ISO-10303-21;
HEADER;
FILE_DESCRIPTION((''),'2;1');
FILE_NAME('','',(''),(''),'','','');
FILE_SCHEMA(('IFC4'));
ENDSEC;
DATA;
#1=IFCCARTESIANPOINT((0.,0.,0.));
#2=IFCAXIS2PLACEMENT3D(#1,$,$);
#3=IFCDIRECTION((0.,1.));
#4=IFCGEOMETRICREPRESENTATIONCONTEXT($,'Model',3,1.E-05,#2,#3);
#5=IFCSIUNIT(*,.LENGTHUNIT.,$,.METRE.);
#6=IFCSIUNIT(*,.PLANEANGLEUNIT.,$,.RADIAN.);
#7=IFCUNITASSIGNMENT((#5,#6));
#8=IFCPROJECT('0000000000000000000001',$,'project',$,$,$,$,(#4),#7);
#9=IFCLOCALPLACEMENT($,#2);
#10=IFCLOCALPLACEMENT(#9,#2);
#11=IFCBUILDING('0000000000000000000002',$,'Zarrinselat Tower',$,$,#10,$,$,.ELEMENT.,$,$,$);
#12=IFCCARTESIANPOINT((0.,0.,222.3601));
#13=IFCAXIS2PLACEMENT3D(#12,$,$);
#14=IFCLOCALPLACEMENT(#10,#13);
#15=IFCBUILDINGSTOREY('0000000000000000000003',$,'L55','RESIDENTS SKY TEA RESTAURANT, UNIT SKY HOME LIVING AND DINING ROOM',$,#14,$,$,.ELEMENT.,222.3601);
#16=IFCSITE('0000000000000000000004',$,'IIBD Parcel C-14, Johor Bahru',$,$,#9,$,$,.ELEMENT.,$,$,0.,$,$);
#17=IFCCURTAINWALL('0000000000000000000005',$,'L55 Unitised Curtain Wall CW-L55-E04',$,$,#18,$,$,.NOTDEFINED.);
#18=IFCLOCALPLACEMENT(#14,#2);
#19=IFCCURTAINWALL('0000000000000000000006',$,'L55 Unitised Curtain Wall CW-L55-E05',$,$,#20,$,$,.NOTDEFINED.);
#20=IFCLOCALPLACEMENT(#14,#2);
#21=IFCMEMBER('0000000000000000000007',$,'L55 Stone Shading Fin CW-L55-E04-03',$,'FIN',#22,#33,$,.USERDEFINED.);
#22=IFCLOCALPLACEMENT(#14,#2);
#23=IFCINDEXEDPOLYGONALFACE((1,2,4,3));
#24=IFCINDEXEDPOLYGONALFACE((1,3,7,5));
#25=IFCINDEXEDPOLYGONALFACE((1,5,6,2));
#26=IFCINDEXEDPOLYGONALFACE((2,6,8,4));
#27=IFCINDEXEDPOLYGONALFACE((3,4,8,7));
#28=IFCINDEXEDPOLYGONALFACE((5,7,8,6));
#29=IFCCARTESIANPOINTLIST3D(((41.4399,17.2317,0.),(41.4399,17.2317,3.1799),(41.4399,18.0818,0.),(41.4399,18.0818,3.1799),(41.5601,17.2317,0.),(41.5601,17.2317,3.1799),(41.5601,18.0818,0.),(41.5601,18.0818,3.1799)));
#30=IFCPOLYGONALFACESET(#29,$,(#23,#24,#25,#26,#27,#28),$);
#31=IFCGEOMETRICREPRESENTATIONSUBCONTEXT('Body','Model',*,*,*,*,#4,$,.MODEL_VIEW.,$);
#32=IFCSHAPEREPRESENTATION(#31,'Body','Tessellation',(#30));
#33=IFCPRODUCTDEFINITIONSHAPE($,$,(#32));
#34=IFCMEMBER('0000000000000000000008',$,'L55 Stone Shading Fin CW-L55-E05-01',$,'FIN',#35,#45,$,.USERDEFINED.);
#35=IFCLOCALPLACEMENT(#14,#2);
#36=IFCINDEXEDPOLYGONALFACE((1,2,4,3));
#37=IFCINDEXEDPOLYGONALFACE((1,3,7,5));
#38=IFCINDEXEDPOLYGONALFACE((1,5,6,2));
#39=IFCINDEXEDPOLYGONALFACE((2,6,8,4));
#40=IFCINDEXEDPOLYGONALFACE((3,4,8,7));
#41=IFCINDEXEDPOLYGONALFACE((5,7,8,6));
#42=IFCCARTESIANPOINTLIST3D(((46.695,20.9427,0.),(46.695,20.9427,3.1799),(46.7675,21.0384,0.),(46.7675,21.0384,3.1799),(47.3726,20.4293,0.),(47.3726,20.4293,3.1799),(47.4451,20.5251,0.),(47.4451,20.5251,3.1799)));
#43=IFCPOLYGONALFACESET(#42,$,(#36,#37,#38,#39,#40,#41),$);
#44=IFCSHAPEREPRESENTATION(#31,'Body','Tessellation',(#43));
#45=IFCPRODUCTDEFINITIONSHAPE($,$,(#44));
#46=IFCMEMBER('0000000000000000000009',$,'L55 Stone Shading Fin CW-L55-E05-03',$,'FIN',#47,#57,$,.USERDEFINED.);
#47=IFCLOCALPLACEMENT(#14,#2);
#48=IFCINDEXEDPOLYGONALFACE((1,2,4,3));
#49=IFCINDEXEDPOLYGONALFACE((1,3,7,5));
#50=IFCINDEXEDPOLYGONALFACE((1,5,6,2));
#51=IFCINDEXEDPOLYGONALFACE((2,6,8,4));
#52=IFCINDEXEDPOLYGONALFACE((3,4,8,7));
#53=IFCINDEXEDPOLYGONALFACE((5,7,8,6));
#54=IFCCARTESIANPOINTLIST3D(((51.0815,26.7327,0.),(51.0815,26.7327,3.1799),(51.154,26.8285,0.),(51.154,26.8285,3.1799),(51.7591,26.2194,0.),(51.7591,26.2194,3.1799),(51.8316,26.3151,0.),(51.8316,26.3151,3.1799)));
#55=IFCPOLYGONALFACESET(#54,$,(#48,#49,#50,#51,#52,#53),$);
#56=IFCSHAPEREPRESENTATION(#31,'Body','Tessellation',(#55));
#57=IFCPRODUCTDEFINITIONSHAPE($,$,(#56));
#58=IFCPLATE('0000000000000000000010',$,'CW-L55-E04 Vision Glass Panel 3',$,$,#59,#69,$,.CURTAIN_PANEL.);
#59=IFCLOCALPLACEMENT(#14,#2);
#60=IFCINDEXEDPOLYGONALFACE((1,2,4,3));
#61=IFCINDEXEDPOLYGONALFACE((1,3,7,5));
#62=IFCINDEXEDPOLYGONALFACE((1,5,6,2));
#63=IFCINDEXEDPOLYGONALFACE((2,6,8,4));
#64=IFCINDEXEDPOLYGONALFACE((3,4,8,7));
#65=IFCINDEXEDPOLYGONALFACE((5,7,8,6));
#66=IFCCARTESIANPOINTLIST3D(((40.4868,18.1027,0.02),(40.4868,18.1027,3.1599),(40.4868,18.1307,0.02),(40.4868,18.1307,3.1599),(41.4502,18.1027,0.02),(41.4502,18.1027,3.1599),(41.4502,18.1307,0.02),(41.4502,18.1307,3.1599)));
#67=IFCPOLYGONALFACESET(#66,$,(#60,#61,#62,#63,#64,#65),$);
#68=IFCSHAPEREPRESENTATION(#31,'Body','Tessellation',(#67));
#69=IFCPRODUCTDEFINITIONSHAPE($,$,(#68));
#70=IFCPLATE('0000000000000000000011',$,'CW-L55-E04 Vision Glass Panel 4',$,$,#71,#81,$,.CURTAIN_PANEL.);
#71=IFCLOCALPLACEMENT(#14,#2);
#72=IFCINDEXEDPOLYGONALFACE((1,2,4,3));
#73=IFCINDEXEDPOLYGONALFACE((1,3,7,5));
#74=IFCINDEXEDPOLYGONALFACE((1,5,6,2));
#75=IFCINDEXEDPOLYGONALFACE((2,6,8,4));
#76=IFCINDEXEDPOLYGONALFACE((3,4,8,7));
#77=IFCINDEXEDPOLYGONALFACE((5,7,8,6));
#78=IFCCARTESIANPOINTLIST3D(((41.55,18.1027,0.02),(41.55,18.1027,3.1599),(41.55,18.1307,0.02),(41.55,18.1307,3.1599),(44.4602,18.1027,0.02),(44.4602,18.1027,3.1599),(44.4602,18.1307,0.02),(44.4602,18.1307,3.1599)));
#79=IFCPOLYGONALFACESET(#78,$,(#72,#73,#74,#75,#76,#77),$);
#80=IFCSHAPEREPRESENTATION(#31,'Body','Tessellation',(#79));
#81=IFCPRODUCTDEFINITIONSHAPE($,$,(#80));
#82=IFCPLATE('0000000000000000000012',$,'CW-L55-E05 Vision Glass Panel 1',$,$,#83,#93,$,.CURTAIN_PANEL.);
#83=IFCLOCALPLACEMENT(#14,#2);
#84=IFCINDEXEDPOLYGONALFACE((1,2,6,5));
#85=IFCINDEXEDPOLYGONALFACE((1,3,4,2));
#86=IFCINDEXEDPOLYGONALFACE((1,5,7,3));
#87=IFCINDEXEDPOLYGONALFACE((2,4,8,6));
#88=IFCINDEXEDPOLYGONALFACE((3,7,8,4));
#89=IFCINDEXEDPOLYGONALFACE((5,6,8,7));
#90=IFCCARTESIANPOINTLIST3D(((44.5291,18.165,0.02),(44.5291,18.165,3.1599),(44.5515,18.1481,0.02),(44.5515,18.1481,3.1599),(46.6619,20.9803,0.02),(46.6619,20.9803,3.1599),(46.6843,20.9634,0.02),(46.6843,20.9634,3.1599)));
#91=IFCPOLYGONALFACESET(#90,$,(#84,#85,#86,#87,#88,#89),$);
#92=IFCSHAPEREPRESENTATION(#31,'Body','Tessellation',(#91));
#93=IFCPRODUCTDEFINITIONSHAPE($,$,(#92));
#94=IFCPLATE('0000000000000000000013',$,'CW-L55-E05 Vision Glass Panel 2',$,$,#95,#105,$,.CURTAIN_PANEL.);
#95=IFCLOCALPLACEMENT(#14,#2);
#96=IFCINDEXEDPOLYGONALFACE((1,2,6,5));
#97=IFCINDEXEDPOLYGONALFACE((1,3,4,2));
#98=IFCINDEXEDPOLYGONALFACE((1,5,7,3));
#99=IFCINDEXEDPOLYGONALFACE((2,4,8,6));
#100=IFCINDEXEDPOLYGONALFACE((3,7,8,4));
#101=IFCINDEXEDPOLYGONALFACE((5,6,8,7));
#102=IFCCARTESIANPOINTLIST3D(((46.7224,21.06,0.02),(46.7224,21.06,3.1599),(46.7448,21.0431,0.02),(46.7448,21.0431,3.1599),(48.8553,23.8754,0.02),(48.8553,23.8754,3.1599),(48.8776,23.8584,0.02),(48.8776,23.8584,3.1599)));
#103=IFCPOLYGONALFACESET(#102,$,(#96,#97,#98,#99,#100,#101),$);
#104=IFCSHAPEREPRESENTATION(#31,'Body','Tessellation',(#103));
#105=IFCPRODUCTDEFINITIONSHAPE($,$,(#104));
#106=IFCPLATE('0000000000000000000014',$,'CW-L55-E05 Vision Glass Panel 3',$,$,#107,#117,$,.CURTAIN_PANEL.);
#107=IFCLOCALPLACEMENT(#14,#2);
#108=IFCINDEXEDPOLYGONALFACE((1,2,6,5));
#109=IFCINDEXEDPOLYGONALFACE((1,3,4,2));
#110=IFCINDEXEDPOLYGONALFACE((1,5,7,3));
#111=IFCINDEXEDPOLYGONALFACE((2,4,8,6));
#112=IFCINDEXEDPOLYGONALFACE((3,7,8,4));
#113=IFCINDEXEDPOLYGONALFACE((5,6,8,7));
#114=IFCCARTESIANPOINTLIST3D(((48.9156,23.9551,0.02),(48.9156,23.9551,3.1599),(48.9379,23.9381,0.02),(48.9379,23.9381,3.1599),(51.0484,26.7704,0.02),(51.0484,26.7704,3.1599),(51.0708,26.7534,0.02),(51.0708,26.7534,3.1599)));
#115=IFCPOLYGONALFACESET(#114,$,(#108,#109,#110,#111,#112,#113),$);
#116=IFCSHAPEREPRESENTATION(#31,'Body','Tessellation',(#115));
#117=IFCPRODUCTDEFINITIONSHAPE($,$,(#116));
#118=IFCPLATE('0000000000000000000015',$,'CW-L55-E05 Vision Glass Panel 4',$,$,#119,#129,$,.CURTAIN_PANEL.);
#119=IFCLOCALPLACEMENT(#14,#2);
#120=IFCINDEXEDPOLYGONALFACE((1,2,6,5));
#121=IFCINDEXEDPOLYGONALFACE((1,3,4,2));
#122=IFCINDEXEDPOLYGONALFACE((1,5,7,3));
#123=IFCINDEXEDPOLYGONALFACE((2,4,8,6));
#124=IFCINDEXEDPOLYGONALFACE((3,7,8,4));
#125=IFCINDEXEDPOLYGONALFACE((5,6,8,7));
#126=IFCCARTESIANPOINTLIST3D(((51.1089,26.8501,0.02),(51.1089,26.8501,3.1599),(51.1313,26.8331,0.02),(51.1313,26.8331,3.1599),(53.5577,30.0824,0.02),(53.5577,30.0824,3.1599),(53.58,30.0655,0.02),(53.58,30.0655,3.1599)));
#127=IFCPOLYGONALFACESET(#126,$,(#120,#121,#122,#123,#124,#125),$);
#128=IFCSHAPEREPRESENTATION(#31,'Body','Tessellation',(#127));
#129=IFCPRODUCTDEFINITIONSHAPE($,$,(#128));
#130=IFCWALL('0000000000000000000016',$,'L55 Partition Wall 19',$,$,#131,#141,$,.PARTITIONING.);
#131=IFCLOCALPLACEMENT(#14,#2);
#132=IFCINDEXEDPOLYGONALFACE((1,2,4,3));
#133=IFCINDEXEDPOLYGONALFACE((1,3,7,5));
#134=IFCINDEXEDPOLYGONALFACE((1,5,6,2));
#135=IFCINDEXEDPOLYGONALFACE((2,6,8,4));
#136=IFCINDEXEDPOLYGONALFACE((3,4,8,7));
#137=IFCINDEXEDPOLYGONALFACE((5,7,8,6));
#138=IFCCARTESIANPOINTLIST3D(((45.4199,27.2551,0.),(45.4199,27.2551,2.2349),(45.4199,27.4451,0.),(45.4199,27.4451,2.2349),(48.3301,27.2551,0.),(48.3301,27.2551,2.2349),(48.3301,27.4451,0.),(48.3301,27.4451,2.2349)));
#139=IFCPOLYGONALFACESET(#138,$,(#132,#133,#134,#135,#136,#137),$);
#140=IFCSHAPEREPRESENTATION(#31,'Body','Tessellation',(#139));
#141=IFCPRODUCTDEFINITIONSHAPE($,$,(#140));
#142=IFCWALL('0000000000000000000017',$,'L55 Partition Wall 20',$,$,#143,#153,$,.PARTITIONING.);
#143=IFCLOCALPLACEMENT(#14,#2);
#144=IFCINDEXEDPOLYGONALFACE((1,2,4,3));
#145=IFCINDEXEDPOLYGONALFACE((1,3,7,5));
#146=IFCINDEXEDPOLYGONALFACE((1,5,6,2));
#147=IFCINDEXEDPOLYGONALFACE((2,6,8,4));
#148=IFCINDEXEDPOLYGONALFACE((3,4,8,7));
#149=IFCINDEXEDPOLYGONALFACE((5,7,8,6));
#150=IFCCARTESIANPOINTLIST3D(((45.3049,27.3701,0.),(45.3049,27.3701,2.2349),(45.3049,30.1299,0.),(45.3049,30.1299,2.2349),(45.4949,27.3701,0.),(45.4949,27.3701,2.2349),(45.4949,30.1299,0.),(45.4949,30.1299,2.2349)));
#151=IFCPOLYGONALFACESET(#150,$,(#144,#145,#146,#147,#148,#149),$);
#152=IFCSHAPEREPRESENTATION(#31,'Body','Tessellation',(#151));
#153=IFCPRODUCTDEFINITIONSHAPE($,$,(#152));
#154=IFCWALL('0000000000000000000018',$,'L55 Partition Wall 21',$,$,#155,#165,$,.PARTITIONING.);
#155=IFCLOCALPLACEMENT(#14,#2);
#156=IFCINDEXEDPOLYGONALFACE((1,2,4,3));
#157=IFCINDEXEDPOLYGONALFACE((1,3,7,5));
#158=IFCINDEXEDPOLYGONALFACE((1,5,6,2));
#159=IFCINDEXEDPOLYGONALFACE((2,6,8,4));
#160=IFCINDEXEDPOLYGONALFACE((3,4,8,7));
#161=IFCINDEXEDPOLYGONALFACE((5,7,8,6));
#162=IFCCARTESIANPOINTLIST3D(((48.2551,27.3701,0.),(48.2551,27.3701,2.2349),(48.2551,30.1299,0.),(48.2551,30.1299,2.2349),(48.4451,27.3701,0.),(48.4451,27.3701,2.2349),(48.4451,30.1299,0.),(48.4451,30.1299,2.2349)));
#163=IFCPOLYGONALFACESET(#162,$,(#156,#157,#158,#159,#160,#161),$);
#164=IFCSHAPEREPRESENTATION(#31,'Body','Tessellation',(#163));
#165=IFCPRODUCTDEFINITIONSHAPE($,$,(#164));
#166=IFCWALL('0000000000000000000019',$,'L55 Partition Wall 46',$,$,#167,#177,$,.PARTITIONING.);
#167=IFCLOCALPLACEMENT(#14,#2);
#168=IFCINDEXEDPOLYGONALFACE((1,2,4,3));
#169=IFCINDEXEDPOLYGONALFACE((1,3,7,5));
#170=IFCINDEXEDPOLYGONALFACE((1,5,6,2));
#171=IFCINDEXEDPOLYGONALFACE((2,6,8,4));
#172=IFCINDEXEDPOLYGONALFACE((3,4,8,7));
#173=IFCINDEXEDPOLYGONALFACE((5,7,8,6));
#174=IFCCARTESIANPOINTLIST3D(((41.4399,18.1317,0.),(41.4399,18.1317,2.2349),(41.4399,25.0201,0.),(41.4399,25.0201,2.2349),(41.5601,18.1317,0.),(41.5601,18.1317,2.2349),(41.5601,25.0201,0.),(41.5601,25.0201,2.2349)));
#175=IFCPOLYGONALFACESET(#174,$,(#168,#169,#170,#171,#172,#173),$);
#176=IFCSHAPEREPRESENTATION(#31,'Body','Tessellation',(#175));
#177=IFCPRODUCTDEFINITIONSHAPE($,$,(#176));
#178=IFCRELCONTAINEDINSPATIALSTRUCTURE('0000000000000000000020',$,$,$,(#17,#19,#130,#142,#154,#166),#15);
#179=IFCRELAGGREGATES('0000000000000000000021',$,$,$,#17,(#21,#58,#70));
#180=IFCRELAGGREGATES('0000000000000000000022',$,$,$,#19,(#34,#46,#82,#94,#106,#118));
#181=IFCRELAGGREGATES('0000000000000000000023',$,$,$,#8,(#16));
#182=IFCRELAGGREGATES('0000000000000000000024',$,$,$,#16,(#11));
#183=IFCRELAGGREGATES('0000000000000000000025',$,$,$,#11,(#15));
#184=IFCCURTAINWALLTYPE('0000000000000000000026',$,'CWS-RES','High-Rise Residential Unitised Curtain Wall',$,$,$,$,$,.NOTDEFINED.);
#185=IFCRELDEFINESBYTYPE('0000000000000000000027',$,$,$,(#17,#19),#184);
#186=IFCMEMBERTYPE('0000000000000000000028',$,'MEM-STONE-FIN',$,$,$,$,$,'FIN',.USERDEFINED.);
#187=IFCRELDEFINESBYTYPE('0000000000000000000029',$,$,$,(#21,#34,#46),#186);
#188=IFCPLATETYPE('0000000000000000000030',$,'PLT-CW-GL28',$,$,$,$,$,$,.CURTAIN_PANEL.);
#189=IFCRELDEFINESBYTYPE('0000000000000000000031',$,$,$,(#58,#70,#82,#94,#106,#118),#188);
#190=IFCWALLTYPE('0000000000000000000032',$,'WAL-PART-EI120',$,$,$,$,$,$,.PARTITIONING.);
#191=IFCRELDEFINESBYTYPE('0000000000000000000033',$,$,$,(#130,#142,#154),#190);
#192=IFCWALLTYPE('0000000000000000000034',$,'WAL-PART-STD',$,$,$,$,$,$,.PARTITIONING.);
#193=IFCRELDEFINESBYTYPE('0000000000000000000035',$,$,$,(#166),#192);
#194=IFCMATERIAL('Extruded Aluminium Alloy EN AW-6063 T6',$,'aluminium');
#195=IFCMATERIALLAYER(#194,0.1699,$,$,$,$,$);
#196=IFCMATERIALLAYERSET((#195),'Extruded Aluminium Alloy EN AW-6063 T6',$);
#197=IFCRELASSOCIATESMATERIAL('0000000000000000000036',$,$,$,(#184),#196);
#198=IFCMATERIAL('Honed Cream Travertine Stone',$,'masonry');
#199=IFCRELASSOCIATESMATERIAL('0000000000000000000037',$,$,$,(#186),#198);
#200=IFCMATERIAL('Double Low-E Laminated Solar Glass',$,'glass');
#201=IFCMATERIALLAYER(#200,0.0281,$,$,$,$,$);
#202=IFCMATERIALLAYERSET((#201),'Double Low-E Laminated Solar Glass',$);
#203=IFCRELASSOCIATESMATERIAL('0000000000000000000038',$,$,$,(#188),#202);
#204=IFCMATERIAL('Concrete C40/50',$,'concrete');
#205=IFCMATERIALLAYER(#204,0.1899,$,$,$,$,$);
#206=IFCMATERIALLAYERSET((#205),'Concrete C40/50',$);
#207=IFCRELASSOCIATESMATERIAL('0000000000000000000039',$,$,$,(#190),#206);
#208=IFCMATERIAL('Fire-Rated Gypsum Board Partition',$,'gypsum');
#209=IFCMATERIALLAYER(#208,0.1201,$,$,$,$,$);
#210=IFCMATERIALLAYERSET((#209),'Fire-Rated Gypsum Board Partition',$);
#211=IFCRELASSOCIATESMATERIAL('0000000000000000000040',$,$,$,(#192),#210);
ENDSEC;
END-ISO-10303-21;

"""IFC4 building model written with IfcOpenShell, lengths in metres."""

from ifc_helpers import new_model, si_unit, direction, frame, frame_2d, origin, origin_2d, place, context, subcontext, project, spatial, rectangle, extrude, material, layer, layer_set, material_profile, profile_set, type_object, element, aggregate, save


model = new_model("IFC4")

# Units and contexts
model_context = context("Model", 3, precision=1e-05, world=origin(), true_north=direction((0.0, 1.0)))
body_context = subcontext(model_context, "Body", "Model", "MODEL_VIEW")
ifc_project = project(units=[si_unit("LENGTHUNIT", "METRE"), si_unit("PLANEANGLEUNIT", "RADIAN")], contexts=[model_context])

# Site, building, storey
site_placement = place(None, origin())
site = spatial("IfcSite", under=ifc_project, at=site_placement, Name="IIBD Parcel C-14, Johor Bahru", CompositionType="ELEMENT", RefElevation=0.0)
building_placement = place(site_placement, origin())
building = spatial("IfcBuilding", under=site, at=building_placement, Name="Zarrinselat Tower", CompositionType="ELEMENT")
storey_placement = place(building_placement, frame((0.0, 0.0, 222.3601)))
storey = spatial("IfcBuildingStorey", under=building, at=storey_placement, Name="L55", Description="RESIDENTS SKY TEA RESTAURANT, UNIT SKY HOME LIVING AND DINING ROOM", CompositionType="ELEMENT", Elevation=222.3601)

# Curtain walls
ifc_material_1 = material(Name="Extruded Aluminium Alloy EN AW-6063 T6", Category="aluminium")
ifc_layer_1 = layer(ifc_material_1, 0.1699)
ifc_layer_set_1 = layer_set([ifc_layer_1], Name="Extruded Aluminium Alloy EN AW-6063 T6")
curtain_wall_type = type_object("IfcCurtainWallType", Name="CWS-RES", Description="High-Rise Residential Unitised Curtain Wall", PredefinedType="NOTDEFINED", material=ifc_layer_set_1)
curtain_wall_1_placement = place(storey_placement, origin())
curtain_wall_1 = element("IfcCurtainWall", 1, at=curtain_wall_1_placement, inside=storey, type_object=curtain_wall_type, Name="L55 Unitised Curtain Wall CW-L55-E04", PredefinedType="NOTDEFINED")
curtain_wall_2_placement = place(storey_placement, origin())
curtain_wall_2 = element("IfcCurtainWall", 2, at=curtain_wall_2_placement, inside=storey, type_object=curtain_wall_type, Name="L55 Unitised Curtain Wall CW-L55-E05", PredefinedType="NOTDEFINED")

# Members
ifc_material_2 = material(Name="Honed Cream Travertine Stone", Category="masonry")
ifc_material_profile_1 = material_profile(ifc_material_2, rectangle(XDim=0.1201, YDim=0.8501, at=origin_2d()), Name="FIN 850x120")
ifc_profile_set_1 = profile_set([ifc_material_profile_1], Name="Honed Cream Travertine Stone")
member_type_1 = type_object("IfcMemberType", Name="MEM-STONE-FIN", ElementType="FIN", PredefinedType="USERDEFINED", material=ifc_profile_set_1)
member_1_placement = place(storey_placement, frame((41.5, 17.6567, 0.0), z_axis=(0.0, 0.0, 1.0), x_axis=(-1.0, 0.0, 0.0)))
member_1 = element("IfcMember", 3, at=member_1_placement, type_object=member_type_1, Name="L55 Stone Shading Fin CW-L55-E04-03", ObjectType="FIN", PredefinedType="USERDEFINED", context=body_context, shape_type="SweptSolid", body=[
    extrude(rectangle(XDim=0.1201, YDim=0.8501, at=origin_2d()), origin(), (0.0, 0.0, 1.0), 3.1799),
])
member_2_placement = place(storey_placement, frame((47.0701, 20.7339, 0.0), z_axis=(0.0, 0.0, 1.0), x_axis=(-0.603859, -0.797091, 0.0)))
member_2 = element("IfcMember", 4, at=member_2_placement, type_object=member_type_1, Name="L55 Stone Shading Fin CW-L55-E05-01", ObjectType="FIN", PredefinedType="USERDEFINED", context=body_context, shape_type="SweptSolid", body=[
    extrude(rectangle(XDim=0.1201, YDim=0.8501, at=origin_2d()), origin(), (0.0, 0.0, 1.0), 3.1799),
])
member_3_placement = place(storey_placement, frame((51.4565, 26.5239, 0.0), z_axis=(0.0, 0.0, 1.0), x_axis=(-0.603859, -0.797091, 0.0)))
member_3 = element("IfcMember", 5, at=member_3_placement, type_object=member_type_1, Name="L55 Stone Shading Fin CW-L55-E05-03", ObjectType="FIN", PredefinedType="USERDEFINED", context=body_context, shape_type="SweptSolid", body=[
    extrude(rectangle(XDim=0.1201, YDim=0.8501, at=origin_2d()), origin(), (0.0, 0.0, 1.0), 3.1799),
])

# Plates
ifc_material_3 = material(Name="Double Low-E Laminated Solar Glass", Category="glass")
ifc_layer_2 = layer(ifc_material_3, 0.0281)
ifc_layer_set_2 = layer_set([ifc_layer_2], Name="Double Low-E Laminated Solar Glass")
plate_type = type_object("IfcPlateType", Name="PLT-CW-GL28", PredefinedType="CURTAIN_PANEL", material=ifc_layer_set_2)
plate_1_placement = place(storey_placement, frame((40.9685, 18.1167, 0.02), z_axis=(0.0, 0.0, 1.0), x_axis=(1.0, 0.0, 0.0)))
plate_1 = element("IfcPlate", 6, at=plate_1_placement, type_object=plate_type, Name="CW-L55-E04 Vision Glass Panel 3", PredefinedType="CURTAIN_PANEL", context=body_context, shape_type="SweptSolid", body=[
    extrude(rectangle(XDim=0.9634, YDim=0.0281, at=origin_2d()), origin(), (0.0, 0.0, 1.0), 3.1399),
])
plate_2_placement = place(storey_placement, frame((43.0051, 18.1167, 0.02), z_axis=(0.0, 0.0, 1.0), x_axis=(1.0, 0.0, 0.0)))
plate_2 = element("IfcPlate", 7, at=plate_2_placement, type_object=plate_type, Name="CW-L55-E04 Vision Glass Panel 4", PredefinedType="CURTAIN_PANEL", context=body_context, shape_type="SweptSolid", body=[
    extrude(rectangle(XDim=2.9102, YDim=0.0281, at=origin_2d()), origin(), (0.0, 0.0, 1.0), 3.1399),
])
aggregate(curtain_wall_1, [member_1, plate_1, plate_2])
plate_3_placement = place(storey_placement, frame((45.6067, 19.5642, 0.02), z_axis=(0.0, 0.0, 1.0), x_axis=(0.603859, 0.797091, 0.0)))
plate_3 = element("IfcPlate", 8, at=plate_3_placement, type_object=plate_type, Name="CW-L55-E05 Vision Glass Panel 1", PredefinedType="CURTAIN_PANEL", context=body_context, shape_type="SweptSolid", body=[
    extrude(rectangle(XDim=3.532, YDim=0.0281, at=origin_2d()), origin(), (0.0, 0.0, 1.0), 3.1399),
])
plate_4_placement = place(storey_placement, frame((47.8, 22.4592, 0.02), z_axis=(0.0, 0.0, 1.0), x_axis=(0.603859, 0.797091, 0.0)))
plate_4 = element("IfcPlate", 9, at=plate_4_placement, type_object=plate_type, Name="CW-L55-E05 Vision Glass Panel 2", PredefinedType="CURTAIN_PANEL", context=body_context, shape_type="SweptSolid", body=[
    extrude(rectangle(XDim=3.532, YDim=0.0281, at=origin_2d()), origin(), (0.0, 0.0, 1.0), 3.1399),
])
plate_5_placement = place(storey_placement, frame((49.9932, 25.3542, 0.02), z_axis=(0.0, 0.0, 1.0), x_axis=(0.603859, 0.797091, 0.0)))
plate_5 = element("IfcPlate", 10, at=plate_5_placement, type_object=plate_type, Name="CW-L55-E05 Vision Glass Panel 3", PredefinedType="CURTAIN_PANEL", context=body_context, shape_type="SweptSolid", body=[
    extrude(rectangle(XDim=3.532, YDim=0.0281, at=origin_2d()), origin(), (0.0, 0.0, 1.0), 3.1399),
])
plate_6_placement = place(storey_placement, frame((52.3445, 28.4578, 0.02), z_axis=(0.0, 0.0, 1.0), x_axis=(0.603859, 0.797091, 0.0)))
plate_6 = element("IfcPlate", 11, at=plate_6_placement, type_object=plate_type, Name="CW-L55-E05 Vision Glass Panel 4", PredefinedType="CURTAIN_PANEL", context=body_context, shape_type="SweptSolid", body=[
    extrude(rectangle(XDim=4.0552, YDim=0.0281, at=origin_2d()), origin(), (0.0, 0.0, 1.0), 3.1399),
])
aggregate(curtain_wall_2, [member_2, member_3, plate_3, plate_4, plate_5, plate_6])

# Walls
ifc_material_4 = material(Name="Concrete C40/50", Category="concrete")
ifc_layer_3 = layer(ifc_material_4, 0.1899)
ifc_layer_set_3 = layer_set([ifc_layer_3], Name="Concrete C40/50")
wall_type_1 = type_object("IfcWallType", Name="WAL-PART-EI120", PredefinedType="PARTITIONING", material=ifc_layer_set_3)
wall_1_placement = place(storey_placement, frame((45.4199, 27.3501, 0.0), z_axis=(0.0, 0.0, 1.0), x_axis=(1.0, 0.0, 0.0)))
element("IfcWall", 12, at=wall_1_placement, inside=storey, type_object=wall_type_1, Name="L55 Partition Wall 19", PredefinedType="PARTITIONING", context=body_context, shape_type="SweptSolid", body=[
    extrude(rectangle(XDim=2.9102, YDim=0.1899, at=frame_2d((1.4551, 0.0))), origin(), (0.0, 0.0, 1.0), 2.2349),
])
for number, where, z_axis, x_axis, name in (
    (13, (45.3999, 27.3701, 0.0), (0.0, 0.0, 1.0), (0.0, 1.0, 0.0), "L55 Partition Wall 20"),
    (14, (48.3501, 27.3701, 0.0), (0.0, 0.0, 1.0), (0.0, 1.0, 0.0), "L55 Partition Wall 21"),
):
    element("IfcWall", number, at=place(storey_placement, frame(where, z_axis=z_axis, x_axis=x_axis)), inside=storey, type_object=wall_type_1, Name=name, PredefinedType="PARTITIONING", context=body_context, shape_type="SweptSolid", body=[
        extrude(rectangle(XDim=2.7598, YDim=0.1899, at=frame_2d((1.3799, 0.0))), origin(), (0.0, 0.0, 1.0), 2.2349),
    ])
ifc_material_5 = material(Name="Fire-Rated Gypsum Board Partition", Category="gypsum")
ifc_layer_4 = layer(ifc_material_5, 0.1201)
ifc_layer_set_4 = layer_set([ifc_layer_4], Name="Fire-Rated Gypsum Board Partition")
wall_type_2 = type_object("IfcWallType", Name="WAL-PART-STD", PredefinedType="PARTITIONING", material=ifc_layer_set_4)
wall_2_placement = place(storey_placement, frame((41.5, 18.1316, 0.0), z_axis=(0.0, 0.0, 1.0), x_axis=(0.0, 1.0, 0.0)))
element("IfcWall", 15, at=wall_2_placement, inside=storey, type_object=wall_type_2, Name="L55 Partition Wall 46", PredefinedType="PARTITIONING", context=body_context, shape_type="SweptSolid", body=[
    extrude(rectangle(XDim=6.8884, YDim=0.1201, at=frame_2d((3.4443, 0.0))), origin(), (0.0, 0.0, 1.0), 2.2349),
])

save(model, "model.ifc")
